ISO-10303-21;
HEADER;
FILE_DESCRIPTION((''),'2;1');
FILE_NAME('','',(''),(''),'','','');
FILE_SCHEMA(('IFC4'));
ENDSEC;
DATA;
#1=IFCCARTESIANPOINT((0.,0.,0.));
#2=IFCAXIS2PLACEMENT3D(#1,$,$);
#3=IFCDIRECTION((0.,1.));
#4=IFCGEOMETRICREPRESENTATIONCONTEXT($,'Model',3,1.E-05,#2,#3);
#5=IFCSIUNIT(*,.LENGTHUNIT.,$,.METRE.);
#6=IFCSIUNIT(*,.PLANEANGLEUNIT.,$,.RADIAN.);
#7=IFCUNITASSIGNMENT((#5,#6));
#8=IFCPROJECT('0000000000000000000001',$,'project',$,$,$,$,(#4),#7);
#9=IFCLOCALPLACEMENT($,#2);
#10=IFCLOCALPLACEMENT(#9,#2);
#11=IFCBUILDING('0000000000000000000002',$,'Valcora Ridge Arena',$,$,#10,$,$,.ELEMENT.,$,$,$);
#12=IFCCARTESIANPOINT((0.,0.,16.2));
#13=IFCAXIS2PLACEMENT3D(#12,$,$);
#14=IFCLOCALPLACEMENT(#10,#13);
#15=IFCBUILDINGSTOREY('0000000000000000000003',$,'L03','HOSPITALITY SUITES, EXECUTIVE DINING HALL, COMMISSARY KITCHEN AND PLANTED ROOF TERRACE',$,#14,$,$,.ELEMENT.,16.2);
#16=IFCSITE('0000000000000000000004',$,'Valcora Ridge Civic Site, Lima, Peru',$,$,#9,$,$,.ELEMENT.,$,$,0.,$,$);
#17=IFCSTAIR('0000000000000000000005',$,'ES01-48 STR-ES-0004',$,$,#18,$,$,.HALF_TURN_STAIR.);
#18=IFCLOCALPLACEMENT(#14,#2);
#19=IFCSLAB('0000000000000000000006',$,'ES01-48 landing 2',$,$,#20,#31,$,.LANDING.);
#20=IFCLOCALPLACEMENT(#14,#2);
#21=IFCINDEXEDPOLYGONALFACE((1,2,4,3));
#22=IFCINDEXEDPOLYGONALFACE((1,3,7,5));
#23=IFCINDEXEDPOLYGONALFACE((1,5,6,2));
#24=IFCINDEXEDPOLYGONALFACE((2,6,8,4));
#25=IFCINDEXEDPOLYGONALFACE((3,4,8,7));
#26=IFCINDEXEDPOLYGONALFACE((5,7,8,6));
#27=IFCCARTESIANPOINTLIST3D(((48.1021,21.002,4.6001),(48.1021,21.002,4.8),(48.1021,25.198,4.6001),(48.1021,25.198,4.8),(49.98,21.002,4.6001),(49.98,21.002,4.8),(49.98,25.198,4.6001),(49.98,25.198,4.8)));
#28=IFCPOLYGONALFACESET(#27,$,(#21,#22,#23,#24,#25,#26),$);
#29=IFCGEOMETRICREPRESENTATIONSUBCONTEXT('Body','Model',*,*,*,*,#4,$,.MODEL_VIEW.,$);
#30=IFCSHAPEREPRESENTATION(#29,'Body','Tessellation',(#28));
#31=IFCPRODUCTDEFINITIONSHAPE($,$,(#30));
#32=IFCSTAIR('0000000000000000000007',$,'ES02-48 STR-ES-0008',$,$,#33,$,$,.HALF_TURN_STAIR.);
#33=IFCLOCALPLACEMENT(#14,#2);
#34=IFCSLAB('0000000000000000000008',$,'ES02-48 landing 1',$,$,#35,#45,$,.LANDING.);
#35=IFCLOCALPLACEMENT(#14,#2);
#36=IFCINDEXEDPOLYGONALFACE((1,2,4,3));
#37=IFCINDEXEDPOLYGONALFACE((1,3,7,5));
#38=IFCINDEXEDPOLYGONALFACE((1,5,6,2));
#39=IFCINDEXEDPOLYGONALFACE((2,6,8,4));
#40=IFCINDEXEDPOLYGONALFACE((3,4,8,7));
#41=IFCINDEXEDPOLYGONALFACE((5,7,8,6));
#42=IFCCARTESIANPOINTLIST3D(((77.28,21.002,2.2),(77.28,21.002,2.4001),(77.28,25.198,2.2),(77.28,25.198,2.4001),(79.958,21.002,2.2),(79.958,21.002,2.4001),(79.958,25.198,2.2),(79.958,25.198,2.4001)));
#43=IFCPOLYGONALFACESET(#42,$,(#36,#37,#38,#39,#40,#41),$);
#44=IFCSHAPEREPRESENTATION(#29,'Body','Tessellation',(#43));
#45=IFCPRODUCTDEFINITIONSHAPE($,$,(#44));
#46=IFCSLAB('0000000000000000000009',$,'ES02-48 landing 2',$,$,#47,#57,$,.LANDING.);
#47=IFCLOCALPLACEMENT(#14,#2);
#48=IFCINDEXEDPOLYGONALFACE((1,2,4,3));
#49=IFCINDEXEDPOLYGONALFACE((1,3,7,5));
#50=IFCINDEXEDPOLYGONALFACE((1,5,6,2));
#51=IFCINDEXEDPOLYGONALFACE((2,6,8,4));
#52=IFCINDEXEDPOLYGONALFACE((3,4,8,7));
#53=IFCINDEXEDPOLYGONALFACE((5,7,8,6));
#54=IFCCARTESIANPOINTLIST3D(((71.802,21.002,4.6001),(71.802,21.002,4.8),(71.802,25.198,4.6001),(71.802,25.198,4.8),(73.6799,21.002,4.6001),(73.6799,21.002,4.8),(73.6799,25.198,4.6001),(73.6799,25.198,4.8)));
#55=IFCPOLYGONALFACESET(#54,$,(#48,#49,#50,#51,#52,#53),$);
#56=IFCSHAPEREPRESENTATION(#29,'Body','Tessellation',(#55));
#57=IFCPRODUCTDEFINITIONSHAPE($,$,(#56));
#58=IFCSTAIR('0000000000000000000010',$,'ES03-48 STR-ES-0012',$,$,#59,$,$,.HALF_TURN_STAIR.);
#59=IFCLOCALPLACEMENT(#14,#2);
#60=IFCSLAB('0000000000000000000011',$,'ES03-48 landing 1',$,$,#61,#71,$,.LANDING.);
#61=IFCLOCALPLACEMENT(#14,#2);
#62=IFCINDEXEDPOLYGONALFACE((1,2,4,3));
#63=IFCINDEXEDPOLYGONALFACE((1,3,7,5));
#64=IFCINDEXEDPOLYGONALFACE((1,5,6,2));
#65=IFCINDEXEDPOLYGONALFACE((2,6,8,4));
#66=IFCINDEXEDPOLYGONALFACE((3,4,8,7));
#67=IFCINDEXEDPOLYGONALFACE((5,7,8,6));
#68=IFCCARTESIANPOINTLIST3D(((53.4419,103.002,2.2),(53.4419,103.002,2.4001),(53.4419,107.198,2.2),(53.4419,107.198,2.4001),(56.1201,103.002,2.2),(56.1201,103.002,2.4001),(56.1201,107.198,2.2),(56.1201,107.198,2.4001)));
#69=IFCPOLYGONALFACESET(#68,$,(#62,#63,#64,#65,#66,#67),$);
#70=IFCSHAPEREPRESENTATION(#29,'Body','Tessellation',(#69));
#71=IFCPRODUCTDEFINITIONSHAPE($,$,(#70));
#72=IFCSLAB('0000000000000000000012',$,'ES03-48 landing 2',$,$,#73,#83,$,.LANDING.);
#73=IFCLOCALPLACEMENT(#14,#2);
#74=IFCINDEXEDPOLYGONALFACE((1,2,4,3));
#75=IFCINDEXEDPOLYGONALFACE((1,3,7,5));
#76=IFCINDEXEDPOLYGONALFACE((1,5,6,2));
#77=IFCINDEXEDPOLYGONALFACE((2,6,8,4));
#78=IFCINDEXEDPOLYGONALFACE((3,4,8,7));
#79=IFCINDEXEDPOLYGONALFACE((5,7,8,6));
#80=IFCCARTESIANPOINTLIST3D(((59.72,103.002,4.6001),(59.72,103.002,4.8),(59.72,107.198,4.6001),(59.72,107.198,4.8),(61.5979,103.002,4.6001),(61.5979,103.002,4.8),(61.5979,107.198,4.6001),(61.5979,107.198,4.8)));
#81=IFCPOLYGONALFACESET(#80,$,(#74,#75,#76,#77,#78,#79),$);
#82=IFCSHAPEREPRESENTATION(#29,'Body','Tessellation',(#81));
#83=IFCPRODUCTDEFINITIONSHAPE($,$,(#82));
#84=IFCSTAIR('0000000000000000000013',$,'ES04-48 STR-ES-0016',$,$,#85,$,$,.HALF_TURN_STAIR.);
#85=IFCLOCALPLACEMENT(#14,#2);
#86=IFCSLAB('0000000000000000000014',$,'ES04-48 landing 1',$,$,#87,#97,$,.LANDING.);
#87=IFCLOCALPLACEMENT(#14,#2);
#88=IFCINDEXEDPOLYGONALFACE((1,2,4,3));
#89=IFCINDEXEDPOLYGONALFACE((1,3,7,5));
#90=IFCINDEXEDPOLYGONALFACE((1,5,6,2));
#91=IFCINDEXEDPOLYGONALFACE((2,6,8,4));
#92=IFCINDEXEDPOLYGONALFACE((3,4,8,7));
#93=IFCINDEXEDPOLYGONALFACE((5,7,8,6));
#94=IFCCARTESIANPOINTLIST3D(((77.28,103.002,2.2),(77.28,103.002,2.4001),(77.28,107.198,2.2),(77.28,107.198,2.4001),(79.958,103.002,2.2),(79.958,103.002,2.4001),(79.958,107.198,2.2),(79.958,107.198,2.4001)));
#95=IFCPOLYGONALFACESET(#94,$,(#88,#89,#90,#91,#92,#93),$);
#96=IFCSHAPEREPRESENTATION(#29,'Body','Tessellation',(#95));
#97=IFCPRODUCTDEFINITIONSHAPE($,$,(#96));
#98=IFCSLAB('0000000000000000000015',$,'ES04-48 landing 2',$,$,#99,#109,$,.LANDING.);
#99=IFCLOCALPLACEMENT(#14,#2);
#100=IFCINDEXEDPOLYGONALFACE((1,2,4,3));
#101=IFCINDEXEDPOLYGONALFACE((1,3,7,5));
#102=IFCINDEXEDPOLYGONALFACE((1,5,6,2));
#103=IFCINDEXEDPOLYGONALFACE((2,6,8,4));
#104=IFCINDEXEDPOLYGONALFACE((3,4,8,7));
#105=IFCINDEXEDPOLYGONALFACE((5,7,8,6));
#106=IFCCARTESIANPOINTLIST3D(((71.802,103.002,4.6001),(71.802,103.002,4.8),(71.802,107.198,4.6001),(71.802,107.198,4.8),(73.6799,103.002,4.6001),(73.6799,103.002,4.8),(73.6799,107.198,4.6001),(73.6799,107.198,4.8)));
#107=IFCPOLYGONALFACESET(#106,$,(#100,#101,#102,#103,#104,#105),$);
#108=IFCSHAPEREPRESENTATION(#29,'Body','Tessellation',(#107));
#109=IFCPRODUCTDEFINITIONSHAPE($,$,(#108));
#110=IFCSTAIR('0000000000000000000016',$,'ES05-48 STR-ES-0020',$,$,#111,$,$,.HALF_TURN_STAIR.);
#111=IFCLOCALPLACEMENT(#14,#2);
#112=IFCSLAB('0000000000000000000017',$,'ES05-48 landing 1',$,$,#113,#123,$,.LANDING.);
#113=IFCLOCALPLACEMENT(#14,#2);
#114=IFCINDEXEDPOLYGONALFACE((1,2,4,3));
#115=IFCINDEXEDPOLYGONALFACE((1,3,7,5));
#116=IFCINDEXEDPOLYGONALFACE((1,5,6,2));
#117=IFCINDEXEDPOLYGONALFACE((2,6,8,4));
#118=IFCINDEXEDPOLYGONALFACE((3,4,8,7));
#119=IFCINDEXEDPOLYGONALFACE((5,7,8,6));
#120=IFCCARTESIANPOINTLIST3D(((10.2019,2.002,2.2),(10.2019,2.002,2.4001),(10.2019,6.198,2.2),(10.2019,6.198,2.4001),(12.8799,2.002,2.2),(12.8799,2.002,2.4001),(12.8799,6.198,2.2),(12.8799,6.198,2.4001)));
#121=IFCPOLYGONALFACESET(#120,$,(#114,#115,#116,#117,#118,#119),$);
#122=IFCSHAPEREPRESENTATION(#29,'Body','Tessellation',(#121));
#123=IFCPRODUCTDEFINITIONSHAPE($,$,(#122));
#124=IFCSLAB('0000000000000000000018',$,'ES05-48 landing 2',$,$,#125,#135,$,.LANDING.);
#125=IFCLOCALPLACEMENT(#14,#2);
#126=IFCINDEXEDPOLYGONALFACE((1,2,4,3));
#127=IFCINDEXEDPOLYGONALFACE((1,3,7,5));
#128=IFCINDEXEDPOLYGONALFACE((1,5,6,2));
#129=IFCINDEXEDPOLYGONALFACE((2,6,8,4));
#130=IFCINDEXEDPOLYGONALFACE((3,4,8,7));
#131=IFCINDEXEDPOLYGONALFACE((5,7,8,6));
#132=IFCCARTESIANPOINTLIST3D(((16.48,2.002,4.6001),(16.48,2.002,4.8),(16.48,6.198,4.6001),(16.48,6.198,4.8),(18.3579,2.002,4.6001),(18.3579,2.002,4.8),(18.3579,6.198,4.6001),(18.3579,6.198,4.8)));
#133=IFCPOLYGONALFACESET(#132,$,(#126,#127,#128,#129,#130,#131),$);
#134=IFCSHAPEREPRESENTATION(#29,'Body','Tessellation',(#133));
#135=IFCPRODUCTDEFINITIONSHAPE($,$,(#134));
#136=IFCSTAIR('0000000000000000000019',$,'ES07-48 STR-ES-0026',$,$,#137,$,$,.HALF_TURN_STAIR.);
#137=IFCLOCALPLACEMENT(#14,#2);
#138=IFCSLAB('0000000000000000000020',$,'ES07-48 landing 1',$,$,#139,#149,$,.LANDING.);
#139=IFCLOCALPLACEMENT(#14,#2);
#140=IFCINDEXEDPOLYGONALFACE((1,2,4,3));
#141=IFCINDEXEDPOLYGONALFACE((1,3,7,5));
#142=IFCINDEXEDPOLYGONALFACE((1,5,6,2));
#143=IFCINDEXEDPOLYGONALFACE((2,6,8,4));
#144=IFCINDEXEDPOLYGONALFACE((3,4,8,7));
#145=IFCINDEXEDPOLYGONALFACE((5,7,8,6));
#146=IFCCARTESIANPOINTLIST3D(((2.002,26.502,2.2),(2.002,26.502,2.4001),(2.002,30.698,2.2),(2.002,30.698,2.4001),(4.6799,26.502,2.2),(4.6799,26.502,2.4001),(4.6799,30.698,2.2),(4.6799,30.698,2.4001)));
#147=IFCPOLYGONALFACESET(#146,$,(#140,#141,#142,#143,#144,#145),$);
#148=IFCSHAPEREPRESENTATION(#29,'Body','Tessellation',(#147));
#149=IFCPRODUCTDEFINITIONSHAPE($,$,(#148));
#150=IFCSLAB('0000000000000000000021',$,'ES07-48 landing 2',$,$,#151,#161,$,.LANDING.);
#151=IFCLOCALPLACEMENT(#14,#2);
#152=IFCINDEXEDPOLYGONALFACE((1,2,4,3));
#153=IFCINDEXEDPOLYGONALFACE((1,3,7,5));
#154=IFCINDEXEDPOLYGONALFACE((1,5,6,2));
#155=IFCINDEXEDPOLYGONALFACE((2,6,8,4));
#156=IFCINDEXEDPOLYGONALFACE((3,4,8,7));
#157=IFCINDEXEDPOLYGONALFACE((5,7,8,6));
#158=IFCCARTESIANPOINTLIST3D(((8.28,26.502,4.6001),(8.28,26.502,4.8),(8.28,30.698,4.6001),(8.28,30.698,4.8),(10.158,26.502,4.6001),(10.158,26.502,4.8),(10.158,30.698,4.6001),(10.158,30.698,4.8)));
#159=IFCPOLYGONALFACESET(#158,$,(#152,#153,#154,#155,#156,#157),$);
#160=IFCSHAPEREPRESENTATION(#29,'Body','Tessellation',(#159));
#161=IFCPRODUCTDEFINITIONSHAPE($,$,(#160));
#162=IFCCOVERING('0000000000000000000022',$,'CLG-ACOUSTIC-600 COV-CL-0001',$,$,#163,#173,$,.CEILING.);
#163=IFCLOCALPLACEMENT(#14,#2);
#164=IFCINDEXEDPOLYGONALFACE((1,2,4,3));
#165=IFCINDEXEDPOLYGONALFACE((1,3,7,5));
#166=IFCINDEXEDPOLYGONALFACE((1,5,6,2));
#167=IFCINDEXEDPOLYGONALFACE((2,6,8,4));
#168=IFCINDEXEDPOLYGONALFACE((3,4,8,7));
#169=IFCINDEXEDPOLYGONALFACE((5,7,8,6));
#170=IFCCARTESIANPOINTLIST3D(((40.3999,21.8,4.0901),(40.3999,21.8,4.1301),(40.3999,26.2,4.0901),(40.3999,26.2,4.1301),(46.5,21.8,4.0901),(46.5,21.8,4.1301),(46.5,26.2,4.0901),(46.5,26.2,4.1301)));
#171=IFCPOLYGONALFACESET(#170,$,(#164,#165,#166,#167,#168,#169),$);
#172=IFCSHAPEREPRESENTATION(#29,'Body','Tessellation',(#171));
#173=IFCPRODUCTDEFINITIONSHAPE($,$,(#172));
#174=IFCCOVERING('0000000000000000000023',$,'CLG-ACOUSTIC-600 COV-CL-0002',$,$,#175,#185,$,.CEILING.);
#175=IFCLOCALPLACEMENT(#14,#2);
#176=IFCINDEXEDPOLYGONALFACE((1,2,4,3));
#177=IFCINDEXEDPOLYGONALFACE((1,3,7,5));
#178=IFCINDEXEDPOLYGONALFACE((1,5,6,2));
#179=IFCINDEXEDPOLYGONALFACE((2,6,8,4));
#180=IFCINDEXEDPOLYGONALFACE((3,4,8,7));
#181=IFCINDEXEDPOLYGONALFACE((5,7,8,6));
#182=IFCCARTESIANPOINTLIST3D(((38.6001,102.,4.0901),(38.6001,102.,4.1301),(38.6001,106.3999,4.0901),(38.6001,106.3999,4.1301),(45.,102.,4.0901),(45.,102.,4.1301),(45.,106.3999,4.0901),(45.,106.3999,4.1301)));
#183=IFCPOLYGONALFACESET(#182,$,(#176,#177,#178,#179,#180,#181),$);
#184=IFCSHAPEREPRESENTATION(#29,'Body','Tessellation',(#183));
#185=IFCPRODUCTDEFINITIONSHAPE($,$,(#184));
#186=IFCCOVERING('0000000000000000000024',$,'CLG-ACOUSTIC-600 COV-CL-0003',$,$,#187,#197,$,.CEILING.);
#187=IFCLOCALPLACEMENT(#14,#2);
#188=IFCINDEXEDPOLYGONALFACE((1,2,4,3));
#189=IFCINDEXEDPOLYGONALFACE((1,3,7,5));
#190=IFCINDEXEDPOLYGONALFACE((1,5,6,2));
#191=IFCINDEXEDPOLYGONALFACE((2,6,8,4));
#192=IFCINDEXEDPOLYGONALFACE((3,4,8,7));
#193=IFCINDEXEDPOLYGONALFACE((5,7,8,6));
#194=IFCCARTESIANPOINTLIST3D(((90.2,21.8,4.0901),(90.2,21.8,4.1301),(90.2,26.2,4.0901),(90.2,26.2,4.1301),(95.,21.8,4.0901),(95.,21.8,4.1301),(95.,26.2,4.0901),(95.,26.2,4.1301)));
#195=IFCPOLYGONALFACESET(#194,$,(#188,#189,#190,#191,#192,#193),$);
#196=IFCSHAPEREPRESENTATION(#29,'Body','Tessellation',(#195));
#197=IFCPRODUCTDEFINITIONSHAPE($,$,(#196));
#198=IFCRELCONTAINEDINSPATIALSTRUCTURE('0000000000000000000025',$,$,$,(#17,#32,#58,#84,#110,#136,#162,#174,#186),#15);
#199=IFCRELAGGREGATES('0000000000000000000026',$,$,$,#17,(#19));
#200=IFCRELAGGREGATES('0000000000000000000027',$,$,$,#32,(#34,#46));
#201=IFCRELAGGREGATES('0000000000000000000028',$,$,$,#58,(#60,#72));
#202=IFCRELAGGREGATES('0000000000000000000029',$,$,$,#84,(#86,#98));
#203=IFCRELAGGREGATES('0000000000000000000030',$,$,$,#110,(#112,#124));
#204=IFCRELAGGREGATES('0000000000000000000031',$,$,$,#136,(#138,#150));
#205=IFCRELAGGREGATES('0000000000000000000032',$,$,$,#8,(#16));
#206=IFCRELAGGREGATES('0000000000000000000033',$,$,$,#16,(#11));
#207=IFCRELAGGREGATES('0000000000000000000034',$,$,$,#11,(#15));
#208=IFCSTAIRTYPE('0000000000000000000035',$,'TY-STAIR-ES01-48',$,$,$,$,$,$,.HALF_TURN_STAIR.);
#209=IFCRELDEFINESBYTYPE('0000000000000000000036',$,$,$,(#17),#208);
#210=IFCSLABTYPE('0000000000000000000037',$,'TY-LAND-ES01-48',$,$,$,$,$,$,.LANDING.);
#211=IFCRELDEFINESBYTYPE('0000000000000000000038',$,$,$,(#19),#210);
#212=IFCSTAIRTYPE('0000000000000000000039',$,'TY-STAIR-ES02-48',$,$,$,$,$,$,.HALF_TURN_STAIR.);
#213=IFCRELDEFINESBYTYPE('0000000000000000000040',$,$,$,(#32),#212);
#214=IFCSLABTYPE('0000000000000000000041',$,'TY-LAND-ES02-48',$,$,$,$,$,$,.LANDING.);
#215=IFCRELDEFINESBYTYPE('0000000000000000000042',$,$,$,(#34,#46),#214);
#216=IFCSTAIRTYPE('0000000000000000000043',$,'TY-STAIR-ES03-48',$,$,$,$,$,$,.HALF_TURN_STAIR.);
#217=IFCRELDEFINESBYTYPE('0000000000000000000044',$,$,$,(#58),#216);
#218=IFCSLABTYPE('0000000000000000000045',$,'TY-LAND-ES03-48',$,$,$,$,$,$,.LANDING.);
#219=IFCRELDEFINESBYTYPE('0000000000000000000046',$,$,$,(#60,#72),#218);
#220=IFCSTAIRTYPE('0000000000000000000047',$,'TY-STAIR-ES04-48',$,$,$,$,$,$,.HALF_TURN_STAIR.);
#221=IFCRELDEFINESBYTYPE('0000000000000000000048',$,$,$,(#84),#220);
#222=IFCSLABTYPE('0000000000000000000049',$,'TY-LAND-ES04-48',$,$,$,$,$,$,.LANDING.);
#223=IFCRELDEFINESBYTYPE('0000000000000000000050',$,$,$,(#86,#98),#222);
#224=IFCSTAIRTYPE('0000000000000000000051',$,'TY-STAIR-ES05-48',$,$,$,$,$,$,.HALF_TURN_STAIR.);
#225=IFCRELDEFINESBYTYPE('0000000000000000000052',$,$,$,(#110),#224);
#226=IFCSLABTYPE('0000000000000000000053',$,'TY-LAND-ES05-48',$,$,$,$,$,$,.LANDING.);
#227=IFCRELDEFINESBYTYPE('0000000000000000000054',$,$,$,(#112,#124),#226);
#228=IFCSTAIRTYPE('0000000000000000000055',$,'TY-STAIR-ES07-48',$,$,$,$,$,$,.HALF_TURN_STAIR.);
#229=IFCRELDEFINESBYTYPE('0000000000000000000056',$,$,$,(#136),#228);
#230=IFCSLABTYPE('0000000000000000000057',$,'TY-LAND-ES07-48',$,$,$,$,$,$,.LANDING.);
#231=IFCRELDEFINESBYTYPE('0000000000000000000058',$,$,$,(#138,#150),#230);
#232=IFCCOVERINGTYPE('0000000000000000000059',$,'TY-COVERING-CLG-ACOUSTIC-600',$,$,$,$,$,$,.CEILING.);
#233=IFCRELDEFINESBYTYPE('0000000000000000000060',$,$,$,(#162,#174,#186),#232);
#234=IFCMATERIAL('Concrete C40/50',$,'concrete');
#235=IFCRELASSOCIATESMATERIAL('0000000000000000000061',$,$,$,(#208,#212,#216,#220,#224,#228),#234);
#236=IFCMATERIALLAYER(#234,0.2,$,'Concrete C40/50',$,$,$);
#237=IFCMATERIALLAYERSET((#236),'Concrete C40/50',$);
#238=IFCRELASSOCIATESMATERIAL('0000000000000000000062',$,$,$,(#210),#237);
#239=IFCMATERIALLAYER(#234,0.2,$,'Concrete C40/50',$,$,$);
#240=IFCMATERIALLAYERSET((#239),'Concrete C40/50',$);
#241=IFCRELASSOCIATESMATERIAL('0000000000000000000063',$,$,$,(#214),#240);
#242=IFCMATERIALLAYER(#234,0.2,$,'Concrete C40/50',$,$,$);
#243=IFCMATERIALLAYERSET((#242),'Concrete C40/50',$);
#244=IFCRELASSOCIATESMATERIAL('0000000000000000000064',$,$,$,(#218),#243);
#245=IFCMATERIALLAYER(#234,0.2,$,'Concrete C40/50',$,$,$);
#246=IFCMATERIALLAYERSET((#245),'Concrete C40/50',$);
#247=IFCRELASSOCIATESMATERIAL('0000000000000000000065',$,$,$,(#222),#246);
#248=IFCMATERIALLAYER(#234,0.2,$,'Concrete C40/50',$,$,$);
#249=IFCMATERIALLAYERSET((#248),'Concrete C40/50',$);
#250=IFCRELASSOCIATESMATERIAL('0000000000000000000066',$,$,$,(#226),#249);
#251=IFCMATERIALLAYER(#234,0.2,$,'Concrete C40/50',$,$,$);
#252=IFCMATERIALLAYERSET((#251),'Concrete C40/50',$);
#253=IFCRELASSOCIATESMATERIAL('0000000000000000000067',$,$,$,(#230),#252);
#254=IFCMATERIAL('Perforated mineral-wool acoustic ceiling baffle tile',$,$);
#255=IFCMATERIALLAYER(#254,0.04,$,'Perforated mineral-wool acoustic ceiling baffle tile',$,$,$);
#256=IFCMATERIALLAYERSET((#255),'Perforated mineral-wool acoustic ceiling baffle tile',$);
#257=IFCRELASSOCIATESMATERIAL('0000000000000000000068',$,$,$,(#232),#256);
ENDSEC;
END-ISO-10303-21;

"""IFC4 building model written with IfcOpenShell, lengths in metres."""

from ifc_helpers import new_model, si_unit, direction, frame, origin, place, context, subcontext, project, spatial, polyline, outline, extrude, material, layer, layer_set, type_object, element, aggregate, save


model = new_model("IFC4")

# Units and contexts
model_context = context("Model", 3, precision=1e-05, world=origin(), true_north=direction((0.0, 1.0)))
body_context = subcontext(model_context, "Body", "Model", "MODEL_VIEW")
ifc_project = project(units=[si_unit("LENGTHUNIT", "METRE"), si_unit("PLANEANGLEUNIT", "RADIAN")], contexts=[model_context])

# Site, building, storey
site_placement = place(None, origin())
site = spatial("IfcSite", under=ifc_project, at=site_placement, Name="Valcora Ridge Civic Site, Lima, Peru", CompositionType="ELEMENT", RefElevation=0.0)
building_placement = place(site_placement, origin())
building = spatial("IfcBuilding", under=site, at=building_placement, Name="Valcora Ridge Arena", CompositionType="ELEMENT")
storey_placement = place(building_placement, frame((0.0, 0.0, 16.2)))
storey = spatial("IfcBuildingStorey", under=building, at=storey_placement, Name="L03", Description="HOSPITALITY SUITES, EXECUTIVE DINING HALL, COMMISSARY KITCHEN AND PLANTED ROOF TERRACE", CompositionType="ELEMENT", Elevation=16.2)

# Stair, slab
ifc_material_1 = material(Name="Concrete C40/50", Category="concrete")
stair_type_1 = type_object("IfcStairType", Name="TY-STAIR-ES01-48", PredefinedType="HALF_TURN_STAIR", material=ifc_material_1)
stair_1_placement = place(storey_placement, origin())
stair_1 = element("IfcStair", 1, at=stair_1_placement, inside=storey, type_object=stair_type_1, Name="ES01-48 STR-ES-0004", PredefinedType="HALF_TURN_STAIR")
ifc_layer_1 = layer(ifc_material_1, 0.2, Name="Concrete C40/50")
ifc_layer_set_1 = layer_set([ifc_layer_1], Name="Concrete C40/50")
slab_type_1 = type_object("IfcSlabType", Name="TY-LAND-ES01-48", PredefinedType="LANDING", material=ifc_layer_set_1)
slab_1_placement = place(storey_placement, frame((0.0, 0.0, 4.6001)))
slab_1 = element("IfcSlab", 2, at=slab_1_placement, type_object=slab_type_1, Name="ES01-48 landing 2", PredefinedType="LANDING", context=body_context, shape_type="SweptSolid", body=[
    extrude(outline(polyline([(48.1021, 21.002), (49.98, 21.002), (49.98, 25.198), (48.1021, 25.198), (48.1021, 21.002)])), origin(), (0.0, 0.0, 1.0), 0.2),
])
aggregate(stair_1, [slab_1])

# Stairs, slabs
stair_type_2 = type_object("IfcStairType", Name="TY-STAIR-ES02-48", PredefinedType="HALF_TURN_STAIR", material=ifc_material_1)
stair_2_placement = place(storey_placement, origin())
stair_2 = element("IfcStair", 3, at=stair_2_placement, inside=storey, type_object=stair_type_2, Name="ES02-48 STR-ES-0008", PredefinedType="HALF_TURN_STAIR")
ifc_layer_2 = layer(ifc_material_1, 0.2, Name="Concrete C40/50")
ifc_layer_set_2 = layer_set([ifc_layer_2], Name="Concrete C40/50")
slab_type_2 = type_object("IfcSlabType", Name="TY-LAND-ES02-48", PredefinedType="LANDING", material=ifc_layer_set_2)
slab_2_placement = place(storey_placement, frame((0.0, 0.0, 2.2)))
slab_2 = element("IfcSlab", 4, at=slab_2_placement, type_object=slab_type_2, Name="ES02-48 landing 1", PredefinedType="LANDING", context=body_context, shape_type="SweptSolid", body=[
    extrude(outline(polyline([(77.28, 21.002), (79.958, 21.002), (79.958, 25.198), (77.28, 25.198), (77.28, 21.002)])), origin(), (0.0, 0.0, 1.0), 0.2002),
])
slab_3_placement = place(storey_placement, frame((0.0, 0.0, 4.6001)))
slab_3 = element("IfcSlab", 5, at=slab_3_placement, type_object=slab_type_2, Name="ES02-48 landing 2", PredefinedType="LANDING", context=body_context, shape_type="SweptSolid", body=[
    extrude(outline(polyline([(71.802, 21.002), (73.6799, 21.002), (73.6799, 25.198), (71.802, 25.198), (71.802, 21.002)])), origin(), (0.0, 0.0, 1.0), 0.2),
])
aggregate(stair_2, [slab_2, slab_3])
stair_type_3 = type_object("IfcStairType", Name="TY-STAIR-ES03-48", PredefinedType="HALF_TURN_STAIR", material=ifc_material_1)
stair_3_placement = place(storey_placement, origin())
stair_3 = element("IfcStair", 6, at=stair_3_placement, inside=storey, type_object=stair_type_3, Name="ES03-48 STR-ES-0012", PredefinedType="HALF_TURN_STAIR")
ifc_layer_3 = layer(ifc_material_1, 0.2, Name="Concrete C40/50")
ifc_layer_set_3 = layer_set([ifc_layer_3], Name="Concrete C40/50")
slab_type_3 = type_object("IfcSlabType", Name="TY-LAND-ES03-48", PredefinedType="LANDING", material=ifc_layer_set_3)
slab_4_placement = place(storey_placement, frame((0.0, 0.0, 2.2)))
slab_4 = element("IfcSlab", 7, at=slab_4_placement, type_object=slab_type_3, Name="ES03-48 landing 1", PredefinedType="LANDING", context=body_context, shape_type="SweptSolid", body=[
    extrude(outline(polyline([(53.4419, 103.002), (56.1201, 103.002), (56.1201, 107.198), (53.4419, 107.198), (53.4419, 103.002)])), origin(), (0.0, 0.0, 1.0), 0.2002),
])
slab_5_placement = place(storey_placement, frame((0.0, 0.0, 4.6001)))
slab_5 = element("IfcSlab", 8, at=slab_5_placement, type_object=slab_type_3, Name="ES03-48 landing 2", PredefinedType="LANDING", context=body_context, shape_type="SweptSolid", body=[
    extrude(outline(polyline([(59.72, 103.002), (61.5979, 103.002), (61.5979, 107.198), (59.72, 107.198), (59.72, 103.002)])), origin(), (0.0, 0.0, 1.0), 0.2),
])
aggregate(stair_3, [slab_4, slab_5])
stair_type_4 = type_object("IfcStairType", Name="TY-STAIR-ES04-48", PredefinedType="HALF_TURN_STAIR", material=ifc_material_1)
stair_4_placement = place(storey_placement, origin())
stair_4 = element("IfcStair", 9, at=stair_4_placement, inside=storey, type_object=stair_type_4, Name="ES04-48 STR-ES-0016", PredefinedType="HALF_TURN_STAIR")
ifc_layer_4 = layer(ifc_material_1, 0.2, Name="Concrete C40/50")
ifc_layer_set_4 = layer_set([ifc_layer_4], Name="Concrete C40/50")
slab_type_4 = type_object("IfcSlabType", Name="TY-LAND-ES04-48", PredefinedType="LANDING", material=ifc_layer_set_4)
slab_6_placement = place(storey_placement, frame((0.0, 0.0, 2.2)))
slab_6 = element("IfcSlab", 10, at=slab_6_placement, type_object=slab_type_4, Name="ES04-48 landing 1", PredefinedType="LANDING", context=body_context, shape_type="SweptSolid", body=[
    extrude(outline(polyline([(77.28, 103.002), (79.958, 103.002), (79.958, 107.198), (77.28, 107.198), (77.28, 103.002)])), origin(), (0.0, 0.0, 1.0), 0.2002),
])
slab_7_placement = place(storey_placement, frame((0.0, 0.0, 4.6001)))
slab_7 = element("IfcSlab", 11, at=slab_7_placement, type_object=slab_type_4, Name="ES04-48 landing 2", PredefinedType="LANDING", context=body_context, shape_type="SweptSolid", body=[
    extrude(outline(polyline([(71.802, 103.002), (73.6799, 103.002), (73.6799, 107.198), (71.802, 107.198), (71.802, 103.002)])), origin(), (0.0, 0.0, 1.0), 0.2),
])
aggregate(stair_4, [slab_6, slab_7])
stair_type_5 = type_object("IfcStairType", Name="TY-STAIR-ES05-48", PredefinedType="HALF_TURN_STAIR", material=ifc_material_1)
stair_5_placement = place(storey_placement, origin())
stair_5 = element("IfcStair", 12, at=stair_5_placement, inside=storey, type_object=stair_type_5, Name="ES05-48 STR-ES-0020", PredefinedType="HALF_TURN_STAIR")
ifc_layer_5 = layer(ifc_material_1, 0.2, Name="Concrete C40/50")
ifc_layer_set_5 = layer_set([ifc_layer_5], Name="Concrete C40/50")
slab_type_5 = type_object("IfcSlabType", Name="TY-LAND-ES05-48", PredefinedType="LANDING", material=ifc_layer_set_5)
slab_8_placement = place(storey_placement, frame((0.0, 0.0, 2.2)))
slab_8 = element("IfcSlab", 13, at=slab_8_placement, type_object=slab_type_5, Name="ES05-48 landing 1", PredefinedType="LANDING", context=body_context, shape_type="SweptSolid", body=[
    extrude(outline(polyline([(10.2019, 2.002), (12.8799, 2.002), (12.8799, 6.198), (10.2019, 6.198), (10.2019, 2.002)])), origin(), (0.0, 0.0, 1.0), 0.2002),
])
slab_9_placement = place(storey_placement, frame((0.0, 0.0, 4.6001)))
slab_9 = element("IfcSlab", 14, at=slab_9_placement, type_object=slab_type_5, Name="ES05-48 landing 2", PredefinedType="LANDING", context=body_context, shape_type="SweptSolid", body=[
    extrude(outline(polyline([(16.48, 2.002), (18.3579, 2.002), (18.3579, 6.198), (16.48, 6.198), (16.48, 2.002)])), origin(), (0.0, 0.0, 1.0), 0.2),
])
aggregate(stair_5, [slab_8, slab_9])
stair_type_6 = type_object("IfcStairType", Name="TY-STAIR-ES07-48", PredefinedType="HALF_TURN_STAIR", material=ifc_material_1)
stair_6_placement = place(storey_placement, origin())
stair_6 = element("IfcStair", 15, at=stair_6_placement, inside=storey, type_object=stair_type_6, Name="ES07-48 STR-ES-0026", PredefinedType="HALF_TURN_STAIR")
ifc_layer_6 = layer(ifc_material_1, 0.2, Name="Concrete C40/50")
ifc_layer_set_6 = layer_set([ifc_layer_6], Name="Concrete C40/50")
slab_type_6 = type_object("IfcSlabType", Name="TY-LAND-ES07-48", PredefinedType="LANDING", material=ifc_layer_set_6)
slab_10_placement = place(storey_placement, frame((0.0, 0.0, 2.2)))
slab_10 = element("IfcSlab", 16, at=slab_10_placement, type_object=slab_type_6, Name="ES07-48 landing 1", PredefinedType="LANDING", context=body_context, shape_type="SweptSolid", body=[
    extrude(outline(polyline([(2.002, 26.502), (4.6799, 26.502), (4.6799, 30.698), (2.002, 30.698), (2.002, 26.502)])), origin(), (0.0, 0.0, 1.0), 0.2002),
])
slab_11_placement = place(storey_placement, frame((0.0, 0.0, 4.6001)))
slab_11 = element("IfcSlab", 17, at=slab_11_placement, type_object=slab_type_6, Name="ES07-48 landing 2", PredefinedType="LANDING", context=body_context, shape_type="SweptSolid", body=[
    extrude(outline(polyline([(8.28, 26.502), (10.158, 26.502), (10.158, 30.698), (8.28, 30.698), (8.28, 26.502)])), origin(), (0.0, 0.0, 1.0), 0.2),
])
aggregate(stair_6, [slab_10, slab_11])

# Coverings
ifc_material_2 = material(Name="Perforated mineral-wool acoustic ceiling baffle tile")
ifc_layer_7 = layer(ifc_material_2, 0.04, Name="Perforated mineral-wool acoustic ceiling baffle tile")
ifc_layer_set_7 = layer_set([ifc_layer_7], Name="Perforated mineral-wool acoustic ceiling baffle tile")
covering_type = type_object("IfcCoveringType", Name="TY-COVERING-CLG-ACOUSTIC-600", PredefinedType="CEILING", material=ifc_layer_set_7)
covering_1_placement = place(storey_placement, frame((0.0, 0.0, 4.0901)))
element("IfcCovering", 18, at=covering_1_placement, inside=storey, type_object=covering_type, Name="CLG-ACOUSTIC-600 COV-CL-0001", PredefinedType="CEILING", context=body_context, shape_type="SweptSolid", body=[
    extrude(outline(polyline([(40.3999, 21.8), (46.5, 21.8), (46.5, 26.2), (40.3999, 26.2), (40.3999, 21.8)])), origin(), (0.0, 0.0, 1.0), 0.04),
])
covering_2_placement = place(storey_placement, frame((0.0, 0.0, 4.0901)))
element("IfcCovering", 19, at=covering_2_placement, inside=storey, type_object=covering_type, Name="CLG-ACOUSTIC-600 COV-CL-0002", PredefinedType="CEILING", context=body_context, shape_type="SweptSolid", body=[
    extrude(outline(polyline([(38.6001, 102.0), (45.0, 102.0), (45.0, 106.3999), (38.6001, 106.3999), (38.6001, 102.0)])), origin(), (0.0, 0.0, 1.0), 0.04),
])
covering_3_placement = place(storey_placement, frame((0.0, 0.0, 4.0901)))
element("IfcCovering", 20, at=covering_3_placement, inside=storey, type_object=covering_type, Name="CLG-ACOUSTIC-600 COV-CL-0003", PredefinedType="CEILING", context=body_context, shape_type="SweptSolid", body=[
    extrude(outline(polyline([(90.2, 21.8), (95.0, 21.8), (95.0, 26.2), (90.2, 26.2), (90.2, 21.8)])), origin(), (0.0, 0.0, 1.0), 0.04),
])

save(model, "model.ifc")
